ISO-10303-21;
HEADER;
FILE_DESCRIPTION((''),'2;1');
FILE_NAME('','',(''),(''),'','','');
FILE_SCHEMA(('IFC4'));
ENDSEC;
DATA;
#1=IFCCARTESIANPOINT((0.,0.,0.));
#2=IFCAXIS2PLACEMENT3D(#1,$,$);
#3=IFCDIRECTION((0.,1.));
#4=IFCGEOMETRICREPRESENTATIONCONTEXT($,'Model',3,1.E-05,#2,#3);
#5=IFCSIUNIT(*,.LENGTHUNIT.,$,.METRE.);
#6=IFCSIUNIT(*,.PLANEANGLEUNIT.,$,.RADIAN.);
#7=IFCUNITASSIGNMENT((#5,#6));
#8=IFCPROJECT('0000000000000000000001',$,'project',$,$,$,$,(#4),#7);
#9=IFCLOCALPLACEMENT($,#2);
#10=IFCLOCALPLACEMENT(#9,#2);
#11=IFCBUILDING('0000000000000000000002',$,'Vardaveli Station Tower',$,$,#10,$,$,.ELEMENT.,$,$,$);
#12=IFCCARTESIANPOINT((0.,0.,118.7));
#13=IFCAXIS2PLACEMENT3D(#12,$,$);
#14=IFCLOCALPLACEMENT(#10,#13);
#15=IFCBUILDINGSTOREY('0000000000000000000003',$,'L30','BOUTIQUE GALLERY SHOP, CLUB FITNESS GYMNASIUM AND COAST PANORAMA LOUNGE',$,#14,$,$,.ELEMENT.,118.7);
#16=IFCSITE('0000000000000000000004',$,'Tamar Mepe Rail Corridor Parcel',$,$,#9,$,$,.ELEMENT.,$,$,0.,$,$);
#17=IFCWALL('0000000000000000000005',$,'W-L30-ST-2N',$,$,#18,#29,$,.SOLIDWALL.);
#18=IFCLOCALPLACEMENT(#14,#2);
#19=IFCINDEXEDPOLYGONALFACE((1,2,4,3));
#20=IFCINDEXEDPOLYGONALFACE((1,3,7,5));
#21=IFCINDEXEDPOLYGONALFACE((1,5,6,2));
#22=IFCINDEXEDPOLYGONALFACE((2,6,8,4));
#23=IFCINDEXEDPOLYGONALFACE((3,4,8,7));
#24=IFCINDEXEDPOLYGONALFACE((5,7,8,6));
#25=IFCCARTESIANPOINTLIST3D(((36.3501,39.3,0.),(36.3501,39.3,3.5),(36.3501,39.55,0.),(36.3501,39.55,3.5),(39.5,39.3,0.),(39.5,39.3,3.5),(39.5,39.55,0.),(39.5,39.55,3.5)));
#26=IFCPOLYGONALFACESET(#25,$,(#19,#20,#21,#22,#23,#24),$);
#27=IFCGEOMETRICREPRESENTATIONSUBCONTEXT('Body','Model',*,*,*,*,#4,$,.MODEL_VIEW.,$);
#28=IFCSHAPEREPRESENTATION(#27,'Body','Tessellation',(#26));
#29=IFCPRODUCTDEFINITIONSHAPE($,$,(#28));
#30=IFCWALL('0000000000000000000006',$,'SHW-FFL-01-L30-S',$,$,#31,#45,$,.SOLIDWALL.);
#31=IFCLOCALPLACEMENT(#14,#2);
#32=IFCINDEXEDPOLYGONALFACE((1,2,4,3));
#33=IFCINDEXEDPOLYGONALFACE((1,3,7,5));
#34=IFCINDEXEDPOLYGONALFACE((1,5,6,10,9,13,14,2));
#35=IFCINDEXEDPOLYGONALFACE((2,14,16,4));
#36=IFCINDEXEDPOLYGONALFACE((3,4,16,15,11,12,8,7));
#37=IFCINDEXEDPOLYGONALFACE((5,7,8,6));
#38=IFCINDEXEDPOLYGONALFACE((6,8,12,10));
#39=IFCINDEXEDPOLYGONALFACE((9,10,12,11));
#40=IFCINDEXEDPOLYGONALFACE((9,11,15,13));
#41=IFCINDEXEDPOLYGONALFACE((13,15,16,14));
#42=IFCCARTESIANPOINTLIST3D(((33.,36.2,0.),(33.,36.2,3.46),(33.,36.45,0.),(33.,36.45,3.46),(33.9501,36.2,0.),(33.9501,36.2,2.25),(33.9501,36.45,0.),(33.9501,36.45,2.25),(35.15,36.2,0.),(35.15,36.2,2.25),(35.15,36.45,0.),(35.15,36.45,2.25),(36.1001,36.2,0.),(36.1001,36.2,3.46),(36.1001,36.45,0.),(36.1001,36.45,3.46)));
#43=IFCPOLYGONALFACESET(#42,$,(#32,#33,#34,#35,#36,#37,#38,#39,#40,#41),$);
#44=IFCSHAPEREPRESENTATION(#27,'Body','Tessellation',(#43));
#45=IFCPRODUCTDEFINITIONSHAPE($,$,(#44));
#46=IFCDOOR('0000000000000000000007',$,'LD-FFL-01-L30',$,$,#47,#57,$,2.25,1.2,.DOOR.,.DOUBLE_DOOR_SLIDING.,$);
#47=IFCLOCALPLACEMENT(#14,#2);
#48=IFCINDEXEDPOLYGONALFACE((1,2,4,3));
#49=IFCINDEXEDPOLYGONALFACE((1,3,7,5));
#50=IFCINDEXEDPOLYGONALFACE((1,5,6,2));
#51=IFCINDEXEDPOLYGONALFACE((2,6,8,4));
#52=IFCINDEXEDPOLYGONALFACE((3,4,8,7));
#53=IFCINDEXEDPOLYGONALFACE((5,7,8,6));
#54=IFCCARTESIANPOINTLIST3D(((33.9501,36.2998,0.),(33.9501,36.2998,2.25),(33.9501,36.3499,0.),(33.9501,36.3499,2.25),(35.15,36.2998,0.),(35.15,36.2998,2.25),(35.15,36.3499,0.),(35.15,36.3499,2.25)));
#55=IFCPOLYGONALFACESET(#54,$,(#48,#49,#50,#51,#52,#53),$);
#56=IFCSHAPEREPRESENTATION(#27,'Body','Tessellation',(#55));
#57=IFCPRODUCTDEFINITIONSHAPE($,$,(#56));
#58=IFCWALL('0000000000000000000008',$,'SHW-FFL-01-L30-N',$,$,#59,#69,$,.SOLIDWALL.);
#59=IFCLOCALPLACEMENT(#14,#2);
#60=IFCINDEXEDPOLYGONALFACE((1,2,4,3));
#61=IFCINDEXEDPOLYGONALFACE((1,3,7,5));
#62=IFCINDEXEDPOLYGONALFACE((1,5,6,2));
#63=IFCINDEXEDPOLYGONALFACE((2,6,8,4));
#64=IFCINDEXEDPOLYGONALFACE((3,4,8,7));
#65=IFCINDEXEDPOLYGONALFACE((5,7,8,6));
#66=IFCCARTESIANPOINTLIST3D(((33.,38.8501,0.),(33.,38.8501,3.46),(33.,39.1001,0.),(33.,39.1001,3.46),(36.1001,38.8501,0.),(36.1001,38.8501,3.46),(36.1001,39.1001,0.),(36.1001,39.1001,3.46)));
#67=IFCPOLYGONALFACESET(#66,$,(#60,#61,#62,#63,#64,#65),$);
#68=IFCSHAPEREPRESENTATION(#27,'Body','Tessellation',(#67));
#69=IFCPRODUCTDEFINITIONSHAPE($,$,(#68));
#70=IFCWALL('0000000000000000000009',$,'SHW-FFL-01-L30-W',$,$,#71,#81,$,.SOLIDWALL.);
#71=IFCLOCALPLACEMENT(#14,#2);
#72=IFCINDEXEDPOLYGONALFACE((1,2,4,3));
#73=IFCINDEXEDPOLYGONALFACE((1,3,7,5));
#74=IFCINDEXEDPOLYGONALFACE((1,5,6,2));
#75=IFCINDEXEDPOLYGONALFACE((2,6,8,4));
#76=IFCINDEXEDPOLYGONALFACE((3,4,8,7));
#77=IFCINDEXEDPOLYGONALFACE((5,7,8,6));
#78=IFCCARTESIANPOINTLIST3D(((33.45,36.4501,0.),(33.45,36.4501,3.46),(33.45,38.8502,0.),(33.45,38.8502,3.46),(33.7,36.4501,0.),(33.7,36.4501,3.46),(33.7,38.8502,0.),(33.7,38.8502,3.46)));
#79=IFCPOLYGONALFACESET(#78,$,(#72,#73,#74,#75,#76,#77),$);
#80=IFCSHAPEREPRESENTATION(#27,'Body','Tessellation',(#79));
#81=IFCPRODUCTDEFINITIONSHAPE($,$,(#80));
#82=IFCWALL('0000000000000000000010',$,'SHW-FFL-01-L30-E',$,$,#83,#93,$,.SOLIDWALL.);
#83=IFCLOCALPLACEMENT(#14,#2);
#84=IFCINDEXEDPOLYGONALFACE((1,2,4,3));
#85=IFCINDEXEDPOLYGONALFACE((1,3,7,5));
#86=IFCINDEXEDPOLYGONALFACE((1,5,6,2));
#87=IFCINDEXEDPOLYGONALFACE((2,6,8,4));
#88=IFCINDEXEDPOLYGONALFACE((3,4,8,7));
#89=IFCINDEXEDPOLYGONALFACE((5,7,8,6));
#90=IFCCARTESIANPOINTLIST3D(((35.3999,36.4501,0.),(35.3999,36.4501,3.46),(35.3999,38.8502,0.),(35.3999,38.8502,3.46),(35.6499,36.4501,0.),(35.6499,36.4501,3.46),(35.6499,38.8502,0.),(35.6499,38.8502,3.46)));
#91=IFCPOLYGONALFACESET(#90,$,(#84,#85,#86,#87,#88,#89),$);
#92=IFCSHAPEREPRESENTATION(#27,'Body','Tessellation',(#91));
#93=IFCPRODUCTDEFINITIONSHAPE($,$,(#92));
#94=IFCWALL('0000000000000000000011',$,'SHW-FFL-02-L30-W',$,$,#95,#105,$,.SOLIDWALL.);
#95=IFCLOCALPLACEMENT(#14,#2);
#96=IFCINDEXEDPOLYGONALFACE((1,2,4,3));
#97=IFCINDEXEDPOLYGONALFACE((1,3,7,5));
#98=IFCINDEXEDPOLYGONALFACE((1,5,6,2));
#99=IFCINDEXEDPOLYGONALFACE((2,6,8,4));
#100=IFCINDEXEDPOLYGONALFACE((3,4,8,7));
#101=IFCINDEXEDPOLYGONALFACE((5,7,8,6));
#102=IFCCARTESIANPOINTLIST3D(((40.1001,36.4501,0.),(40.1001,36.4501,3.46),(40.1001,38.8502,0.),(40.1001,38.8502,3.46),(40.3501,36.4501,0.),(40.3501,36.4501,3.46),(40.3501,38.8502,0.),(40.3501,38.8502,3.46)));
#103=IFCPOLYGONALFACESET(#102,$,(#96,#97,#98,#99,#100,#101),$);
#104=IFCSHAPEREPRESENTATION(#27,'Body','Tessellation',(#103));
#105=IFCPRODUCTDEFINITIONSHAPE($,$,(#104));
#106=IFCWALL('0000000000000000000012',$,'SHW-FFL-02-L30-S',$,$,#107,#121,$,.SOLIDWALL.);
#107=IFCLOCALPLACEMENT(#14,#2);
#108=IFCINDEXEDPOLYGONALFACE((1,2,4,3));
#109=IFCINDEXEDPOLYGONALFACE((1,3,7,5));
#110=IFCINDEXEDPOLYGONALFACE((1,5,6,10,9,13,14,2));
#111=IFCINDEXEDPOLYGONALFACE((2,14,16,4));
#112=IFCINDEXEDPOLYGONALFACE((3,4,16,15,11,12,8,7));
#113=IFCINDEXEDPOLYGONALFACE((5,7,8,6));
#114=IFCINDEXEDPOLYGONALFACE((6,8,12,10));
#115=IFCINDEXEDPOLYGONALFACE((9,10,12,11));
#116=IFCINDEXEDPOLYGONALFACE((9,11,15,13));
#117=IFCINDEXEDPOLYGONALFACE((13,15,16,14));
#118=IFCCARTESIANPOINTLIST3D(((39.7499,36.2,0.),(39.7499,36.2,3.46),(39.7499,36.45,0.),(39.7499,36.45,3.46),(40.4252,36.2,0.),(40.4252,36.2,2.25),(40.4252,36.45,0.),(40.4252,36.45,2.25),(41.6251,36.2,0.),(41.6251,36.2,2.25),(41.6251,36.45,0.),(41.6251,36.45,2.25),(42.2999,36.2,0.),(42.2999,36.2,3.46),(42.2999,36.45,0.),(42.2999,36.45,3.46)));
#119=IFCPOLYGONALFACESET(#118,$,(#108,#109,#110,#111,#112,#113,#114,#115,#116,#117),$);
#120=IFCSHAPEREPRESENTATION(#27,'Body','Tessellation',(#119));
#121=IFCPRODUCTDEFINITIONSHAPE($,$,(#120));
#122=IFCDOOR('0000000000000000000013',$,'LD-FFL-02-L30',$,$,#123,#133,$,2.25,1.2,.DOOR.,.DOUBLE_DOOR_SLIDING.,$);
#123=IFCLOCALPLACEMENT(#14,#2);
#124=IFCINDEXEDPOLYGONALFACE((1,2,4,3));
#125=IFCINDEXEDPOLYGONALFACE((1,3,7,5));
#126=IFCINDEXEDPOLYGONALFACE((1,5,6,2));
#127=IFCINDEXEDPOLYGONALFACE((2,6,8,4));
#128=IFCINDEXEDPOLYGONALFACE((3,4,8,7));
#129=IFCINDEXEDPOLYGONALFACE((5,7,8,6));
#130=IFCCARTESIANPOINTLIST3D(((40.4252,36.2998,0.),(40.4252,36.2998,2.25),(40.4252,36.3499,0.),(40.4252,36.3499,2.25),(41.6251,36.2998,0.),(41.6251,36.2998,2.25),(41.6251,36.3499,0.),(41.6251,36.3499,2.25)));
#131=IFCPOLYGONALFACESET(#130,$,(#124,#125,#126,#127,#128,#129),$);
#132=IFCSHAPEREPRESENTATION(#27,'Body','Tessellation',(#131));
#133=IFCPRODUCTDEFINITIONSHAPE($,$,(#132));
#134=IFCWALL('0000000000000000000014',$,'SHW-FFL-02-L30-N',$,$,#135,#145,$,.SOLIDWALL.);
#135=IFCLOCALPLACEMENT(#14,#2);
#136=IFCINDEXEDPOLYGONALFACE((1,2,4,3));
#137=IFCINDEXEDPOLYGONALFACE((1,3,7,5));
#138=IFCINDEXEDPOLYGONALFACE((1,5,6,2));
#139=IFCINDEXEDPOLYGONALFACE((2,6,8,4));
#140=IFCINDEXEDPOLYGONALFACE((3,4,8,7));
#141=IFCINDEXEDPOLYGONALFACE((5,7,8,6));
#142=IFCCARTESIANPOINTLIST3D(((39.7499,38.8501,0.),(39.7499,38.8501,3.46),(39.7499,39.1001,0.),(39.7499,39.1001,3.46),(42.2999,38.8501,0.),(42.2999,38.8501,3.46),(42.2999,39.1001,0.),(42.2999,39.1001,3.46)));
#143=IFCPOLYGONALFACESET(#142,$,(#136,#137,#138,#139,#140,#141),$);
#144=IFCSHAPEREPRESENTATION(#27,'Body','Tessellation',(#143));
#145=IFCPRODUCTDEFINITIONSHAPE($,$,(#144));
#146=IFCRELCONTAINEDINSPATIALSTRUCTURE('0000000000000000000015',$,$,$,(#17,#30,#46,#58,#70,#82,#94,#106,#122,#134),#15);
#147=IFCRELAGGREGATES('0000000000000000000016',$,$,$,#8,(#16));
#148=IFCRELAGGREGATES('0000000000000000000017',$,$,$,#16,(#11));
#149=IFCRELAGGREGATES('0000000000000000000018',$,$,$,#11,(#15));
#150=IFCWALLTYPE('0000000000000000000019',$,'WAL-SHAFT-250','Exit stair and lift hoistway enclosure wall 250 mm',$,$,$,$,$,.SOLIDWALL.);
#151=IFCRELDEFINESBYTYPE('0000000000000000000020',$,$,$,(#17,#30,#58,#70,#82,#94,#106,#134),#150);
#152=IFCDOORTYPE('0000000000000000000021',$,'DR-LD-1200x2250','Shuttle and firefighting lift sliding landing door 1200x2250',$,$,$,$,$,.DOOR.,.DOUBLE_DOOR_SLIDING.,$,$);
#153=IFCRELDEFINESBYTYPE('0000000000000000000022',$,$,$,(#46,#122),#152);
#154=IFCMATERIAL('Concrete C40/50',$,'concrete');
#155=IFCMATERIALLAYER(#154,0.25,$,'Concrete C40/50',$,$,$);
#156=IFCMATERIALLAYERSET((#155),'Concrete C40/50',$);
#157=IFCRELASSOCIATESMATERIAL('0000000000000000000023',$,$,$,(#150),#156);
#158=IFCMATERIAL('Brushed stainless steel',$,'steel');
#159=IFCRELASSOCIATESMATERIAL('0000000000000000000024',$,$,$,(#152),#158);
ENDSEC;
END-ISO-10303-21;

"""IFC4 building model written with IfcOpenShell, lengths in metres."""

from ifc_helpers import new_model, si_unit, direction, frame, frame_2d, origin, place, context, subcontext, project, spatial, rectangle, extrude, source, transform, mapped, material, layer, layer_set, type_object, element, fill, save


model = new_model("IFC4")

# Units and contexts
model_context = context("Model", 3, precision=1e-05, world=origin(), true_north=direction((0.0, 1.0)))
body_context = subcontext(model_context, "Body", "Model", "MODEL_VIEW")
ifc_project = project(units=[si_unit("LENGTHUNIT", "METRE"), si_unit("PLANEANGLEUNIT", "RADIAN")], contexts=[model_context])

# Site, building, storey
site_placement = place(None, origin())
site = spatial("IfcSite", under=ifc_project, at=site_placement, Name="Tamar Mepe Rail Corridor Parcel", CompositionType="ELEMENT", RefElevation=0.0)
building_placement = place(site_placement, origin())
building = spatial("IfcBuilding", under=site, at=building_placement, Name="Vardaveli Station Tower", CompositionType="ELEMENT")
storey_placement = place(building_placement, frame((0.0, 0.0, 118.7)))
storey = spatial("IfcBuildingStorey", under=building, at=storey_placement, Name="L30", Description="BOUTIQUE GALLERY SHOP, CLUB FITNESS GYMNASIUM AND COAST PANORAMA LOUNGE", CompositionType="ELEMENT", Elevation=118.7)

# Wall
ifc_material_1 = material(Name="Concrete C40/50", Category="concrete")
ifc_layer_1 = layer(ifc_material_1, 0.25, Name="Concrete C40/50")
ifc_layer_set_1 = layer_set([ifc_layer_1], Name="Concrete C40/50")
wall_type = type_object("IfcWallType", Name="WAL-SHAFT-250", Description="Exit stair and lift hoistway enclosure wall 250 mm", PredefinedType="SOLIDWALL", material=ifc_layer_set_1)
shared_shape_1 = source(origin(), body_context, "Body", "SweptSolid", [
    extrude(rectangle(XDim=3.1499, YDim=0.25, at=frame_2d((1.575, 0.0))), origin(), (0.0, 0.0, 1.0), 3.5),
])
wall_1_placement = place(storey_placement, frame((36.3501, 39.425, 0.0), z_axis=(0.0, 0.0, 1.0), x_axis=(1.0, 0.0, 0.0)))
element("IfcWall", 1, at=wall_1_placement, inside=storey, type_object=wall_type, Name="W-L30-ST-2N", PredefinedType="SOLIDWALL", context=body_context, shape_type="MappedRepresentation", body=[
    mapped(shared_shape_1, transform((0.0, 0.0, 0.0), scale=1.0)),
])

# Wall, opening, door
shared_shape_2 = source(origin(), body_context, "Body", "SweptSolid", [
    extrude(rectangle(XDim=3.1001, YDim=0.25, at=frame_2d((1.55, 0.0))), origin(), (0.0, 0.0, 1.0), 3.46),
])
wall_2_placement = place(storey_placement, frame((33.0, 36.325, 0.0), z_axis=(0.0, 0.0, 1.0), x_axis=(1.0, 0.0, 0.0)))
wall_2 = element("IfcWall", 2, at=wall_2_placement, inside=storey, type_object=wall_type, Name="SHW-FFL-01-L30-S", PredefinedType="SOLIDWALL", context=body_context, shape_type="MappedRepresentation", body=[
    mapped(shared_shape_2, transform((0.0, 0.0, 0.0), scale=1.0)),
])
shared_shape_3 = source(origin(), body_context, "Body", "SweptSolid", [
    extrude(rectangle(XDim=1.2, YDim=2.25, at=frame_2d((0.6001, 1.125))), frame((0.0, 0.135, 0.0), z_axis=(0.0, -1.0, 0.0), x_axis=(1.0, 0.0, 0.0)), (0.0, 0.0, 1.0), 0.27),
])
opening_1_placement = place(wall_2_placement, frame((0.95, 0.0, 0.0)))
opening_1 = element("IfcOpeningElement", 3, at=opening_1_placement, cuts=wall_2, PredefinedType="OPENING", context=body_context, shape_type="MappedRepresentation", body=[
    mapped(shared_shape_3, transform((0.0, 0.0, 0.0), scale=1.0)),
])
ifc_material_2 = material(Name="Brushed stainless steel", Category="steel")
door_type = type_object("IfcDoorType", Name="DR-LD-1200x2250", Description="Shuttle and firefighting lift sliding landing door 1200x2250", OperationType="DOUBLE_DOOR_SLIDING", PredefinedType="DOOR", material=ifc_material_2)
shared_shape_4 = source(origin(), body_context, "Body", "SweptSolid", [
    extrude(rectangle(XDim=1.2, YDim=2.25, at=frame_2d((0.6001, 1.125))), frame((0.0, 0.0249, 0.0), z_axis=(0.0, -1.0, 0.0), x_axis=(1.0, 0.0, 0.0)), (0.0, 0.0, 1.0), 0.05),
])
door_1_placement = place(opening_1_placement, origin())
door_1 = element("IfcDoor", 4, at=door_1_placement, inside=storey, type_object=door_type, Name="LD-FFL-01-L30", OperationType="DOUBLE_DOOR_SLIDING", OverallHeight=2.25, OverallWidth=1.2, PredefinedType="DOOR", context=body_context, shape_type="MappedRepresentation", body=[
    mapped(shared_shape_4, transform((0.0, 0.0, 0.0), scale=1.0)),
])
fill(opening_1, door_1)

# Walls
wall_3_placement = place(storey_placement, frame((33.0, 38.9751, 0.0), z_axis=(0.0, 0.0, 1.0), x_axis=(1.0, 0.0, 0.0)))
element("IfcWall", 5, at=wall_3_placement, inside=storey, type_object=wall_type, Name="SHW-FFL-01-L30-N", PredefinedType="SOLIDWALL", context=body_context, shape_type="MappedRepresentation", body=[
    mapped(shared_shape_2, transform((0.0, 0.0, 0.0), scale=1.0)),
])
shared_shape_5 = source(origin(), body_context, "Body", "SweptSolid", [
    extrude(rectangle(XDim=2.4001, YDim=0.25, at=frame_2d((1.2002, 0.0))), origin(), (0.0, 0.0, 1.0), 3.46),
])
for number, where, z_axis, x_axis, name in (
    (6, (33.575, 36.45, 0.0), (0.0, 0.0, 1.0), (0.0, 1.0, 0.0), "SHW-FFL-01-L30-W"),
    (7, (35.5249, 36.45, 0.0), (0.0, 0.0, 1.0), (0.0, 1.0, 0.0), "SHW-FFL-01-L30-E"),
    (8, (40.2251, 36.45, 0.0), (0.0, 0.0, 1.0), (0.0, 1.0, 0.0), "SHW-FFL-02-L30-W"),
):
    element("IfcWall", number, at=place(storey_placement, frame(where, z_axis=z_axis, x_axis=x_axis)), inside=storey, type_object=wall_type, Name=name, PredefinedType="SOLIDWALL", context=body_context, shape_type="MappedRepresentation", body=[
        mapped(shared_shape_5, transform((0.0, 0.0, 0.0), scale=1.0)),
    ])

# Wall, opening, door
shared_shape_6 = source(origin(), body_context, "Body", "SweptSolid", [
    extrude(rectangle(XDim=2.55, YDim=0.25, at=frame_2d((1.2749, 0.0))), origin(), (0.0, 0.0, 1.0), 3.46),
])
wall_4_placement = place(storey_placement, frame((39.75, 36.325, 0.0), z_axis=(0.0, 0.0, 1.0), x_axis=(1.0, 0.0, 0.0)))
wall_4 = element("IfcWall", 9, at=wall_4_placement, inside=storey, type_object=wall_type, Name="SHW-FFL-02-L30-S", PredefinedType="SOLIDWALL", context=body_context, shape_type="MappedRepresentation", body=[
    mapped(shared_shape_6, transform((0.0, 0.0, 0.0), scale=1.0)),
])
opening_2_placement = place(wall_4_placement, frame((0.675, 0.0, 0.0)))
opening_2 = element("IfcOpeningElement", 10, at=opening_2_placement, cuts=wall_4, PredefinedType="OPENING", context=body_context, shape_type="MappedRepresentation", body=[
    mapped(shared_shape_3, transform((0.0, 0.0, 0.0), scale=1.0)),
])
door_2_placement = place(opening_2_placement, origin())
door_2 = element("IfcDoor", 11, at=door_2_placement, inside=storey, type_object=door_type, Name="LD-FFL-02-L30", OperationType="DOUBLE_DOOR_SLIDING", OverallHeight=2.25, OverallWidth=1.2, PredefinedType="DOOR", context=body_context, shape_type="MappedRepresentation", body=[
    mapped(shared_shape_4, transform((0.0, 0.0, 0.0), scale=1.0)),
])
fill(opening_2, door_2)

# Wall
wall_5_placement = place(storey_placement, frame((39.75, 38.9751, 0.0), z_axis=(0.0, 0.0, 1.0), x_axis=(1.0, 0.0, 0.0)))
element("IfcWall", 12, at=wall_5_placement, inside=storey, type_object=wall_type, Name="SHW-FFL-02-L30-N", PredefinedType="SOLIDWALL", context=body_context, shape_type="MappedRepresentation", body=[
    mapped(shared_shape_6, transform((0.0, 0.0, 0.0), scale=1.0)),
])

save(model, "model.ifc")
